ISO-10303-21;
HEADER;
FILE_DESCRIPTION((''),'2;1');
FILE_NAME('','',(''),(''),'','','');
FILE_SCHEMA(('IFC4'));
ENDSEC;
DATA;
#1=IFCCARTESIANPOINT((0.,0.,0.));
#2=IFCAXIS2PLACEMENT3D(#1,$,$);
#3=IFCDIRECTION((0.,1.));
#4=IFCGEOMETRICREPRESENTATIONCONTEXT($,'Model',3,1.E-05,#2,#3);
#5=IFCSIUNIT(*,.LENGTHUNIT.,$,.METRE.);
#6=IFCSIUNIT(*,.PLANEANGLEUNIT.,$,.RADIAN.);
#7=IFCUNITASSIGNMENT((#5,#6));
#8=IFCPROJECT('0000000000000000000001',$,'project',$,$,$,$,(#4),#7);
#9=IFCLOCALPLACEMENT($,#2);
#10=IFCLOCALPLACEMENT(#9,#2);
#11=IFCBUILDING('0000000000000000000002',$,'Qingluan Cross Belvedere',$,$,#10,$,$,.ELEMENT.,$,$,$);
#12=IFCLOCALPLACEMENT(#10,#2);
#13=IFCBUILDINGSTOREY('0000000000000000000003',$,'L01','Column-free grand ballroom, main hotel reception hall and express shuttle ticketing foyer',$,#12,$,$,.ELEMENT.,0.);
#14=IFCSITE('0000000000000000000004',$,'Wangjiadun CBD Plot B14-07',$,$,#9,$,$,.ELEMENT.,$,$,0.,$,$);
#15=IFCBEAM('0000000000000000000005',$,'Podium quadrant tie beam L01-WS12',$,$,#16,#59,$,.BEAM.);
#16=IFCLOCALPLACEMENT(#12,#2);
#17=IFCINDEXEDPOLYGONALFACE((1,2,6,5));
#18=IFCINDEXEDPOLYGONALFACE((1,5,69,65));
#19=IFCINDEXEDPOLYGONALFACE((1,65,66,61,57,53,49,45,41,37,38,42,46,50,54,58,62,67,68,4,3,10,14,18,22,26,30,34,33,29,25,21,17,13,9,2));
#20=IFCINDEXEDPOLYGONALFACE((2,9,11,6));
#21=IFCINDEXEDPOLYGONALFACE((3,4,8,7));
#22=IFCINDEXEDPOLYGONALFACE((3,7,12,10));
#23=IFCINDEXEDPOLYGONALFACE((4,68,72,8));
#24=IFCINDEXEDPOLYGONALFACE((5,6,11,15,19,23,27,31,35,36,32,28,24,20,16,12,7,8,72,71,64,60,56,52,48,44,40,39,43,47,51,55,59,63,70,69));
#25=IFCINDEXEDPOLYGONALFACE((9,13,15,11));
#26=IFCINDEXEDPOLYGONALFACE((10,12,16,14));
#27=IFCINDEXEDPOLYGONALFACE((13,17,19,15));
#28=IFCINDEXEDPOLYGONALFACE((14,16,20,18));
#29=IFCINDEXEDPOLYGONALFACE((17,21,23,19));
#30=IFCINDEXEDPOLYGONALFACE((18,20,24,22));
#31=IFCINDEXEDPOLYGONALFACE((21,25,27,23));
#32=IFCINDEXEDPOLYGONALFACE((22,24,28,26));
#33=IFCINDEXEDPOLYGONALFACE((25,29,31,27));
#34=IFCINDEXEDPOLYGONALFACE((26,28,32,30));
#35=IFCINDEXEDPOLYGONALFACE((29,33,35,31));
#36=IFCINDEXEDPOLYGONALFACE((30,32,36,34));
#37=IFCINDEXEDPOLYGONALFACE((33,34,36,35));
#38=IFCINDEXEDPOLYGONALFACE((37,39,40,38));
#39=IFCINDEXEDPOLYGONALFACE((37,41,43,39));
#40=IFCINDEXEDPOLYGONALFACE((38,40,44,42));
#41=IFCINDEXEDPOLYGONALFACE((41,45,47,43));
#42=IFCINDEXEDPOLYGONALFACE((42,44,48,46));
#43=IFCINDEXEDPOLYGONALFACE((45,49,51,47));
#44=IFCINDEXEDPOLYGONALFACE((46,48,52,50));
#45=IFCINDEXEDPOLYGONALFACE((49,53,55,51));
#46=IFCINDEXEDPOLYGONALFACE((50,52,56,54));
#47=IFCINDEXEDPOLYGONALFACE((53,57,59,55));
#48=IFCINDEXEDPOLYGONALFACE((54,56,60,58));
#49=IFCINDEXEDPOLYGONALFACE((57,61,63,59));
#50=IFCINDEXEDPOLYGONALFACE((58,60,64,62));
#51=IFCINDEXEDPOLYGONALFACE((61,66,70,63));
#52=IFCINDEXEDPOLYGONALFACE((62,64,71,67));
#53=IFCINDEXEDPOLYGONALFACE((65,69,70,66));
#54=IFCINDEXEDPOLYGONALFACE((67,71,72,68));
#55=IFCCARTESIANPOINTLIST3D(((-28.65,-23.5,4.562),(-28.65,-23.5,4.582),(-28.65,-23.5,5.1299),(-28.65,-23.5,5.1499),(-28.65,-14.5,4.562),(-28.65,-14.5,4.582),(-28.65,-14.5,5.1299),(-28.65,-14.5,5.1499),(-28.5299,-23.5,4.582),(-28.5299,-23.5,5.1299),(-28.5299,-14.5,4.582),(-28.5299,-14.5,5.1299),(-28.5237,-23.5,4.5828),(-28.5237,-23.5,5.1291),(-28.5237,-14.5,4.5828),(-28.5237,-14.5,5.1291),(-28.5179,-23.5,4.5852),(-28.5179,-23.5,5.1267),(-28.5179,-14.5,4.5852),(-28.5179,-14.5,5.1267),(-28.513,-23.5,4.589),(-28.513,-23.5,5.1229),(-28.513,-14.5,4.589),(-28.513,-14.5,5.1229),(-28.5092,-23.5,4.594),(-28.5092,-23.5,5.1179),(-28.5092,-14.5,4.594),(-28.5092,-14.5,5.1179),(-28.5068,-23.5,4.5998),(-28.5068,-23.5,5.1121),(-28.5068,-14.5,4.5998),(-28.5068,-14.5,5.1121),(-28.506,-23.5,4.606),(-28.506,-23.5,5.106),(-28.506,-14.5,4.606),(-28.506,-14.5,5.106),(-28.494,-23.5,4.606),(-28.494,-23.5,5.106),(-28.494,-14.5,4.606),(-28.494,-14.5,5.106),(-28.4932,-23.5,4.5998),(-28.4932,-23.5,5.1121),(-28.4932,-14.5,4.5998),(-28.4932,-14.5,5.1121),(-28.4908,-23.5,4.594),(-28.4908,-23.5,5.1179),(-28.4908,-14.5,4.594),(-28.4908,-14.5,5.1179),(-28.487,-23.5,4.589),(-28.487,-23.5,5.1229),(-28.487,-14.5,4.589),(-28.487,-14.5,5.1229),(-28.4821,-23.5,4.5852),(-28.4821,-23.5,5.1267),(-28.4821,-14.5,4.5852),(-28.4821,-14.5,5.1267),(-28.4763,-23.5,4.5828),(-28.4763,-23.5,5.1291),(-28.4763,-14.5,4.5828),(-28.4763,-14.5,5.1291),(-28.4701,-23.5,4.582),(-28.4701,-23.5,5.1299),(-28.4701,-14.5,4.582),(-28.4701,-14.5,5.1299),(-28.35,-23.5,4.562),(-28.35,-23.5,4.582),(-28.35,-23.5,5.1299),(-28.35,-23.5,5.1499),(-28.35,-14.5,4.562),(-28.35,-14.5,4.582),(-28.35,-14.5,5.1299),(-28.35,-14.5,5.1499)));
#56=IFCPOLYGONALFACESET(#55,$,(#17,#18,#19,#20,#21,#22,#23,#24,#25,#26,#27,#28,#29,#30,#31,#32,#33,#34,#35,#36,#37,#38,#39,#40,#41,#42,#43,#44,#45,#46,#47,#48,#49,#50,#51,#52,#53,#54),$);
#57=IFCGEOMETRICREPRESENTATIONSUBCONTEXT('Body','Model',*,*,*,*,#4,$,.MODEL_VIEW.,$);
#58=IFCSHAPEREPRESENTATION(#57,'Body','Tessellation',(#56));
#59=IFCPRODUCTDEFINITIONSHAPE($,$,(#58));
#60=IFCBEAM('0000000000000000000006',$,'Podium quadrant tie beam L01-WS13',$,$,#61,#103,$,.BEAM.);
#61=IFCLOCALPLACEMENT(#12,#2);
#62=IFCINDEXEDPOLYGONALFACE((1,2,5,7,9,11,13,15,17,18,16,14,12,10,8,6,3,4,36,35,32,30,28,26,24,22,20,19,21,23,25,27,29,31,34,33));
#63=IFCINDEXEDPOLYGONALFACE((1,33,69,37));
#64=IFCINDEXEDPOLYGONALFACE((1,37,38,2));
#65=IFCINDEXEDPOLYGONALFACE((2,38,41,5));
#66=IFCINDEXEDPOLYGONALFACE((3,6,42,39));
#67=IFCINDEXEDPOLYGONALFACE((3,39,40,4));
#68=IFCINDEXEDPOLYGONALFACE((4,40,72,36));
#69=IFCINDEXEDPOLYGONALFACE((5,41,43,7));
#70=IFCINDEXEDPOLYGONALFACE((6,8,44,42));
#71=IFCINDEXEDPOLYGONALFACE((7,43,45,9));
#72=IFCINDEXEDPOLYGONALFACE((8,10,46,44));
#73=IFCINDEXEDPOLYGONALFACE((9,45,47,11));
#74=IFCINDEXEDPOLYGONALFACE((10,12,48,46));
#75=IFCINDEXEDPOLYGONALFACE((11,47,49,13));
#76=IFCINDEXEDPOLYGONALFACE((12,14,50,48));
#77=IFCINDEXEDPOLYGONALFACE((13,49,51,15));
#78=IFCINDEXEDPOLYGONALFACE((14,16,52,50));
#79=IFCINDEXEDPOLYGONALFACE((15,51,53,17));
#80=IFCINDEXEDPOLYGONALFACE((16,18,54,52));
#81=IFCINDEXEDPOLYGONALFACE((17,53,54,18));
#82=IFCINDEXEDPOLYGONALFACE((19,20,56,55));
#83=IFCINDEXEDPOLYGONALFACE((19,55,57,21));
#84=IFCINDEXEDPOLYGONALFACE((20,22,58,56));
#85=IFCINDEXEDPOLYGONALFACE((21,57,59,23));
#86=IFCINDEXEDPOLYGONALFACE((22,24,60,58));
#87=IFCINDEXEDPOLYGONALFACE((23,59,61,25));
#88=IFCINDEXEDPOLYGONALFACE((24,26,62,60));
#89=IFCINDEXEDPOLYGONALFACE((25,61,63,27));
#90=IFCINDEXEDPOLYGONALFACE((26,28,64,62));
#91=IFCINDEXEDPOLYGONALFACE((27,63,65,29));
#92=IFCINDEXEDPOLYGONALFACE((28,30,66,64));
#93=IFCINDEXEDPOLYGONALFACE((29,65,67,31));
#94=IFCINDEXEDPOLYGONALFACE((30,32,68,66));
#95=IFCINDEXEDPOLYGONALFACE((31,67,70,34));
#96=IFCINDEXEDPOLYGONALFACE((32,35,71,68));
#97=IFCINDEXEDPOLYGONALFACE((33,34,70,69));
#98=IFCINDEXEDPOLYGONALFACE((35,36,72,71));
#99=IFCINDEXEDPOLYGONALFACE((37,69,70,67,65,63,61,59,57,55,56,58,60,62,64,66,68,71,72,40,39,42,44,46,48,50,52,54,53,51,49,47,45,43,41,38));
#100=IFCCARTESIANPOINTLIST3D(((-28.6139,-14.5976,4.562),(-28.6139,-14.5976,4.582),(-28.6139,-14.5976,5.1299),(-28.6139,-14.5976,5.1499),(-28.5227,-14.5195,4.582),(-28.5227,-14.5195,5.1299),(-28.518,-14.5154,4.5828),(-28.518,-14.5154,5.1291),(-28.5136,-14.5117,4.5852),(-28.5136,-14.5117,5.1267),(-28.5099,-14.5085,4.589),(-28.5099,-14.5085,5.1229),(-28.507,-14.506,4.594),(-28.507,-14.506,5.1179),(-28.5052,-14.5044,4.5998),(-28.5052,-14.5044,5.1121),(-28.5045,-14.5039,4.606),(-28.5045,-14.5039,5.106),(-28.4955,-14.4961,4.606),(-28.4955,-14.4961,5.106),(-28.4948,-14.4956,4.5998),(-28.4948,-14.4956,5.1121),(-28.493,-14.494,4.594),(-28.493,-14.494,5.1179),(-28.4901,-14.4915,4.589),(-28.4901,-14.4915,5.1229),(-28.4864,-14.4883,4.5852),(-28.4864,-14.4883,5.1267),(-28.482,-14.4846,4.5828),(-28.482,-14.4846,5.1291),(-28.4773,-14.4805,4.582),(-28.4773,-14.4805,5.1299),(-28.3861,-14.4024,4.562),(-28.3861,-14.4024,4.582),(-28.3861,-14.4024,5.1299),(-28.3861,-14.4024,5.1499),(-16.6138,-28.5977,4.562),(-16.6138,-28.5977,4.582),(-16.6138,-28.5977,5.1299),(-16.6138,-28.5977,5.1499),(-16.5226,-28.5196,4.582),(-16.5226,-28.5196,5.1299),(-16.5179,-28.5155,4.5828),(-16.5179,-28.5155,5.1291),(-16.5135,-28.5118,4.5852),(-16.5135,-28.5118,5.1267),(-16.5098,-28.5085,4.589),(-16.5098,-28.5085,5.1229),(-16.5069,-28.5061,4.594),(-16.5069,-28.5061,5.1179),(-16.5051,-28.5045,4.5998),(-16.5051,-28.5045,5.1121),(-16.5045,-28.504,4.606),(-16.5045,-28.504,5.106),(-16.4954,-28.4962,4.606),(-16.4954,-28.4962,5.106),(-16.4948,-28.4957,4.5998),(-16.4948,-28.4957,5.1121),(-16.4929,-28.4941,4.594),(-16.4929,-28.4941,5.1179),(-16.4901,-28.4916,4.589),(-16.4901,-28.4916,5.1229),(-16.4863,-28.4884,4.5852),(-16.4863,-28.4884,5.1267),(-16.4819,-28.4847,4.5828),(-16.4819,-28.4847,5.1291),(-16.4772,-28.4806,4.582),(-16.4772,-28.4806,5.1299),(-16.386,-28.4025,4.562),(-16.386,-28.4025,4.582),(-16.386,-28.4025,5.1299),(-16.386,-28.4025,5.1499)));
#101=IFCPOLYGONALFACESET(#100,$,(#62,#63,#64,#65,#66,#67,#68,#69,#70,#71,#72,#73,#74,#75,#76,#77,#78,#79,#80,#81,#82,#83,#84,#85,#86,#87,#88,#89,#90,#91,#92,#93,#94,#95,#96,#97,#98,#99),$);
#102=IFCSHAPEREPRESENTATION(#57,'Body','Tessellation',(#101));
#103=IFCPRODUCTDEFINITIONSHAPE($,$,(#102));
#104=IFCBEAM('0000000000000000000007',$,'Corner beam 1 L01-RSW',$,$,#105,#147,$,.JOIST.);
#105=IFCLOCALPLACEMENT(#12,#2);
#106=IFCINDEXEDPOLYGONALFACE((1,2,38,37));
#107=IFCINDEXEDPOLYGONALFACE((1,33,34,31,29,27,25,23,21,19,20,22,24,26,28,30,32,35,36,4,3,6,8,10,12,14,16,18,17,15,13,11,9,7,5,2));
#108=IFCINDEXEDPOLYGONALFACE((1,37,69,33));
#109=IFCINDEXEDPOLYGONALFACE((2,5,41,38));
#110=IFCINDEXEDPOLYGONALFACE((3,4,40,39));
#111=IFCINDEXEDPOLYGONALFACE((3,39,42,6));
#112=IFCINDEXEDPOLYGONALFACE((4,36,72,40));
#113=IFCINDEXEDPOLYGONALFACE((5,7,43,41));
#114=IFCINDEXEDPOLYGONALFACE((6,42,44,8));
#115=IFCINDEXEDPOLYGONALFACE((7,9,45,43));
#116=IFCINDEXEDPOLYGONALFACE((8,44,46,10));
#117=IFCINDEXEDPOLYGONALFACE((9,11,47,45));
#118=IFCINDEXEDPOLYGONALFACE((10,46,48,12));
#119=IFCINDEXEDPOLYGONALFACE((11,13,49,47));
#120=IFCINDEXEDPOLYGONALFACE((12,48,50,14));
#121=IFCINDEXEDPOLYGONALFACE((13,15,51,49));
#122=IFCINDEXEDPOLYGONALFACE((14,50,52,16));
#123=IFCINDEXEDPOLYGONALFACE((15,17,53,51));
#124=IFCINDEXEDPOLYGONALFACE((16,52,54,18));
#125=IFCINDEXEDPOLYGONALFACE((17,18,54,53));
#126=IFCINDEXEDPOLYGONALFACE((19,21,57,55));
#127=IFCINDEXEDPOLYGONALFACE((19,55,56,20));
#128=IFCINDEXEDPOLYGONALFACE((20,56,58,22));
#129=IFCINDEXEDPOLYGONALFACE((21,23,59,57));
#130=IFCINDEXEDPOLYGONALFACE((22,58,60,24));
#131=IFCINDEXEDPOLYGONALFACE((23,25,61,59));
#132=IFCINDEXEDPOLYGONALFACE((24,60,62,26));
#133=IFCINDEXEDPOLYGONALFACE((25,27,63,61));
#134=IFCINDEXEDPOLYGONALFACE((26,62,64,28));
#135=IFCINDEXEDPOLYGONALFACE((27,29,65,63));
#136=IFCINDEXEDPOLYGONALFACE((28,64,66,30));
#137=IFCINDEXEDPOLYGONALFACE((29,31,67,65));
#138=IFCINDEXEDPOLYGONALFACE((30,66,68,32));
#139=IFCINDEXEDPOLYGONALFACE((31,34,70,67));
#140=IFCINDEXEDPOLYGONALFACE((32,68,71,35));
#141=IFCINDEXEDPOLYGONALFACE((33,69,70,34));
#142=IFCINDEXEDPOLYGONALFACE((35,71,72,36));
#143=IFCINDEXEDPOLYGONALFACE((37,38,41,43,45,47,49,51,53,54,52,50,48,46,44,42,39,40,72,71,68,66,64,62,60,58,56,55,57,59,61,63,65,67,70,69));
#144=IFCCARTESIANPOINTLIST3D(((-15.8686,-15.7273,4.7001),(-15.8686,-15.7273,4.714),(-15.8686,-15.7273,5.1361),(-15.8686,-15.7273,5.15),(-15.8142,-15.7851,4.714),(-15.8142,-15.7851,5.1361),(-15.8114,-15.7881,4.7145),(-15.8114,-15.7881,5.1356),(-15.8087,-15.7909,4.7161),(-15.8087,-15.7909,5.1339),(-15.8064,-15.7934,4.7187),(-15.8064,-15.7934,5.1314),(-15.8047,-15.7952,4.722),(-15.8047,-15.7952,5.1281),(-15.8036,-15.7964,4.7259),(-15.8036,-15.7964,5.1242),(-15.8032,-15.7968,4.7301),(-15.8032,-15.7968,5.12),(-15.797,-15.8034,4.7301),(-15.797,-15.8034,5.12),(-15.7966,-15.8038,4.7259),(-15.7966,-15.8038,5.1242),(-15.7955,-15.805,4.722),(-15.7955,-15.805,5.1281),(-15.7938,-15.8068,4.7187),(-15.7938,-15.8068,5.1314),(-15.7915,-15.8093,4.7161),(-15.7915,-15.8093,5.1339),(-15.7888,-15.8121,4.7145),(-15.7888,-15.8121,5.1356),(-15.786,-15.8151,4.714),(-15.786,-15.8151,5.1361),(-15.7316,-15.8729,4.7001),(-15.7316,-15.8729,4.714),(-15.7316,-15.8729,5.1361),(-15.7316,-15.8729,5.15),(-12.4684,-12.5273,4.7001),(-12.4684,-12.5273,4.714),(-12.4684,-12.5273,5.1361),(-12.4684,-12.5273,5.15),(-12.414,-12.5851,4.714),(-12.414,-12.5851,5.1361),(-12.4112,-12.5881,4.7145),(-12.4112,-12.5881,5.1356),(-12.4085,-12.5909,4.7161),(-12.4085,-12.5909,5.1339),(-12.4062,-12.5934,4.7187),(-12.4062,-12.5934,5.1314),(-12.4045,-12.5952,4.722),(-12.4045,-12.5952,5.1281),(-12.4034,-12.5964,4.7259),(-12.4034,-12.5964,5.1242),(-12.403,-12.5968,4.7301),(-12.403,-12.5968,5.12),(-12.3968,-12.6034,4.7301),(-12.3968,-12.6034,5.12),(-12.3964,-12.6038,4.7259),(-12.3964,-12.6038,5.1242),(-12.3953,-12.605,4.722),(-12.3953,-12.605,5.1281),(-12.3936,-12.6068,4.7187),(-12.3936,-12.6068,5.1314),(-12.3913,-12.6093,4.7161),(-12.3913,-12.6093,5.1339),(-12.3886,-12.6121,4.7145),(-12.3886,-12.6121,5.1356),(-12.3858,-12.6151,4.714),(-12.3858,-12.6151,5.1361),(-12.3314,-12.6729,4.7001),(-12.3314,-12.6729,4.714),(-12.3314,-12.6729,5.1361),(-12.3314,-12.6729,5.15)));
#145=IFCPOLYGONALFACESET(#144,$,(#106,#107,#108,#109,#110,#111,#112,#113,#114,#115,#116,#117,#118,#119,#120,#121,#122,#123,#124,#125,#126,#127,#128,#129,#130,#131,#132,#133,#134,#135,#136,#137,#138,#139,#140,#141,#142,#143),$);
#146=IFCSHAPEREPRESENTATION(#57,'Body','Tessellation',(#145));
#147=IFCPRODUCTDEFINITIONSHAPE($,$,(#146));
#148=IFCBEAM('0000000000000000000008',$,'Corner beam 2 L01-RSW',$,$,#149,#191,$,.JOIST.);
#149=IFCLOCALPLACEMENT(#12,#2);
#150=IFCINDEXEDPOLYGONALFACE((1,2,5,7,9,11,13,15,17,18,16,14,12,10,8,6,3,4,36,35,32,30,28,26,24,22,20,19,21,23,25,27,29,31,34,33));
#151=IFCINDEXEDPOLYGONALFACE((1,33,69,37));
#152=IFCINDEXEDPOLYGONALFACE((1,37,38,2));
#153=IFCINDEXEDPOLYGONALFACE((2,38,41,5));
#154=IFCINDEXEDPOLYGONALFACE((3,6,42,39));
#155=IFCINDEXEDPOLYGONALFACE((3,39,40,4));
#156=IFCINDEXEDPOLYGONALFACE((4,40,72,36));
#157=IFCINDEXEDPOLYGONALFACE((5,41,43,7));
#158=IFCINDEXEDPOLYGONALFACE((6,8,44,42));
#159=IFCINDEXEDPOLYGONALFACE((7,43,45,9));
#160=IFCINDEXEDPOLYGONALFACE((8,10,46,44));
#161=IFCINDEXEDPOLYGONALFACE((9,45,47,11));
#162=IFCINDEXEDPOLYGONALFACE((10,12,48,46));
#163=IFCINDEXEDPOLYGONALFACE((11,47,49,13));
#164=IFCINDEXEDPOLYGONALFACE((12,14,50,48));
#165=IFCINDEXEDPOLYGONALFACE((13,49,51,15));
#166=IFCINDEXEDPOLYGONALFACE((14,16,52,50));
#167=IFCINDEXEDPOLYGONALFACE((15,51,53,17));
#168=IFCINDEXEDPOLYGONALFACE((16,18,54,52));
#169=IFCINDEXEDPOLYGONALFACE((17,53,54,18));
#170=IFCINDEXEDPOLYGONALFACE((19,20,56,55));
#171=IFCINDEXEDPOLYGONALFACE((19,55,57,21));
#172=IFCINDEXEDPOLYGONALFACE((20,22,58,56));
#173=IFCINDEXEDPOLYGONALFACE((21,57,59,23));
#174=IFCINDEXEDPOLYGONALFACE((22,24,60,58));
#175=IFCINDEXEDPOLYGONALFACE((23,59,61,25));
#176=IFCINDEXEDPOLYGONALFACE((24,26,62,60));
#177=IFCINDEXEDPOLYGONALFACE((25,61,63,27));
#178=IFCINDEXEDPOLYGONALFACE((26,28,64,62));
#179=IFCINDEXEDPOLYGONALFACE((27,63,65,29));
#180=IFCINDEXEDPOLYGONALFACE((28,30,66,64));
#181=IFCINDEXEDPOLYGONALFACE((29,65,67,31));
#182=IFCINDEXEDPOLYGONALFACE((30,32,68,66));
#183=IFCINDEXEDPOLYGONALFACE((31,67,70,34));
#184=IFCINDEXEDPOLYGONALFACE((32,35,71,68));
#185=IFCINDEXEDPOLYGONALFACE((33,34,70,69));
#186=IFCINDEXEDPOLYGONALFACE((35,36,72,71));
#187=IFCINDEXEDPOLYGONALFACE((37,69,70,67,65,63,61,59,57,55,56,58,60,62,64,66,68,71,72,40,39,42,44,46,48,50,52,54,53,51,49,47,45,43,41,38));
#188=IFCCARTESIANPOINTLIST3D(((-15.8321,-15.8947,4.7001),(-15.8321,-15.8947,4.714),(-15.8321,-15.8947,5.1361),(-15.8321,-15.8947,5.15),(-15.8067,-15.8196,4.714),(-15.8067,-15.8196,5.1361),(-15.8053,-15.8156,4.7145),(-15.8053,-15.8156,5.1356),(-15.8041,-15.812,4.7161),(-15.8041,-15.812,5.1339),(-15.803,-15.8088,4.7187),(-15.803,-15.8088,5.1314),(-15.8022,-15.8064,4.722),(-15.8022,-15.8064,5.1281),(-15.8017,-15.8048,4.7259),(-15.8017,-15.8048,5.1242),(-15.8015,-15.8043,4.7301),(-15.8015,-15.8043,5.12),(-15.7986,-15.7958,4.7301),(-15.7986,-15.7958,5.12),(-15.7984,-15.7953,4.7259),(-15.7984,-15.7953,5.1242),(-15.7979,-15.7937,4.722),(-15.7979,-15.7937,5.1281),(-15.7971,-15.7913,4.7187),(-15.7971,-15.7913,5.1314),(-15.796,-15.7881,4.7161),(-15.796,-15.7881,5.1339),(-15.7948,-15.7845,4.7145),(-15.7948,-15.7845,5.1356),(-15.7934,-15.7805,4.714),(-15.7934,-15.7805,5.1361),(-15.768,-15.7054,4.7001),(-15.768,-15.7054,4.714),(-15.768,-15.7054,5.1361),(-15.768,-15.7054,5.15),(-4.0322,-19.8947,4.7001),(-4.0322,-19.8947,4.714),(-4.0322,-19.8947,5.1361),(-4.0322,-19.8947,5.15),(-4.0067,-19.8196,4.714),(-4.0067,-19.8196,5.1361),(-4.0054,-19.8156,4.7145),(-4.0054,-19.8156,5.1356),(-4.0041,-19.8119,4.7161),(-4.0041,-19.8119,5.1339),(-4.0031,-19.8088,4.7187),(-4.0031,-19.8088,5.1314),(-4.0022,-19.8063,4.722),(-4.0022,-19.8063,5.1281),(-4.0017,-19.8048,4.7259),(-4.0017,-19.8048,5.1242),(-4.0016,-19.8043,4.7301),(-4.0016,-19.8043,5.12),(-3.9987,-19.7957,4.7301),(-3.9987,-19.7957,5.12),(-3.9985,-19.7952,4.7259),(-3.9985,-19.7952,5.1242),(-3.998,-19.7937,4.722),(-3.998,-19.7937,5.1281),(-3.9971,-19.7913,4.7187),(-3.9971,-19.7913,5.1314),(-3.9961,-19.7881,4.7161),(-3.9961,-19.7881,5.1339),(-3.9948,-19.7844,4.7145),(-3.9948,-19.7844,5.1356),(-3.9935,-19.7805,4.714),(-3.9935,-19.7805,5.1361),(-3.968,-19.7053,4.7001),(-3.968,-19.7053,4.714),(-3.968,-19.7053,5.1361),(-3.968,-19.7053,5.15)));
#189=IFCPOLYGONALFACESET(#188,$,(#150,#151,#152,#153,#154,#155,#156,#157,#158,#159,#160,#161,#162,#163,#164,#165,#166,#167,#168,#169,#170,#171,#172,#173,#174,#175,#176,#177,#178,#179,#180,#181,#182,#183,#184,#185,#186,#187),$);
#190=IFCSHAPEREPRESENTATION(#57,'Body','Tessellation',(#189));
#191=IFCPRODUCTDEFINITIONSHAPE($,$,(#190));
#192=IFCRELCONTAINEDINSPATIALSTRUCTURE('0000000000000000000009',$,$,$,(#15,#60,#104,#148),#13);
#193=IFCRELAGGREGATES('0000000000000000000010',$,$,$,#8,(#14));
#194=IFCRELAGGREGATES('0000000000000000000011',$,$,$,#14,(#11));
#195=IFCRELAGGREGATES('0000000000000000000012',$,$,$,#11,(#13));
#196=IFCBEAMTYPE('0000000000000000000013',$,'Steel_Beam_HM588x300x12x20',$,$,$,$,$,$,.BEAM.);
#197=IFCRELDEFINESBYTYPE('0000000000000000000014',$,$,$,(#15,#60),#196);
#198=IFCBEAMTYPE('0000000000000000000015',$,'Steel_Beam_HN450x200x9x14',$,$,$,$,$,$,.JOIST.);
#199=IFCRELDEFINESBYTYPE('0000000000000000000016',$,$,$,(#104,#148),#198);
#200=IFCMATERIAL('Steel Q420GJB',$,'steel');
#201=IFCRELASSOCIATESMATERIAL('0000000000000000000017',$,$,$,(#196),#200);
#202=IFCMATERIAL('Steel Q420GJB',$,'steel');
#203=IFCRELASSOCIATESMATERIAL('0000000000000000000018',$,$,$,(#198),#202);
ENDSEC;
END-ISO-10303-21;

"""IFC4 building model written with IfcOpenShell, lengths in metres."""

from ifc_helpers import new_model, si_unit, direction, frame, origin, origin_2d, place, context, subcontext, project, spatial, i_section, extrude, material, material_profile, profile_set, type_object, element, save


model = new_model("IFC4")

# Units and contexts
model_context = context("Model", 3, precision=1e-05, world=origin(), true_north=direction((0.0, 1.0)))
body_context = subcontext(model_context, "Body", "Model", "MODEL_VIEW")
ifc_project = project(units=[si_unit("LENGTHUNIT", "METRE"), si_unit("PLANEANGLEUNIT", "RADIAN")], contexts=[model_context])

# Site, building, storey
site_placement = place(None, origin())
site = spatial("IfcSite", under=ifc_project, at=site_placement, Name="Wangjiadun CBD Plot B14-07", CompositionType="ELEMENT", RefElevation=0.0)
building_placement = place(site_placement, origin())
building = spatial("IfcBuilding", under=site, at=building_placement, Name="Qingluan Cross Belvedere", CompositionType="ELEMENT")
storey_placement = place(building_placement, origin())
storey = spatial("IfcBuildingStorey", under=building, at=storey_placement, Name="L01", Description="Column-free grand ballroom, main hotel reception hall and express shuttle ticketing foyer", CompositionType="ELEMENT", Elevation=0.0)

# Beams
ifc_material_1 = material(Name="Steel Q420GJB", Category="steel")
ifc_material_profile_1 = material_profile(ifc_material_1, i_section(OverallWidth=0.3, OverallDepth=0.5879, WebThickness=0.012, FlangeThickness=0.02, FilletRadius=0.0239, at=origin_2d()), Name="HM588x300x12x20")
ifc_profile_set_1 = profile_set([ifc_material_profile_1], Name="Steel Q420GJB")
beam_type_1 = type_object("IfcBeamType", Name="Steel_Beam_HM588x300x12x20", PredefinedType="BEAM", material=ifc_profile_set_1)
beam_1_placement = place(storey_placement, frame((-28.5, -14.5, 4.856), z_axis=(0.0, -1.0, 0.0), x_axis=(1.0, 0.0, 0.0)))
element("IfcBeam", 1, at=beam_1_placement, inside=storey, type_object=beam_type_1, Name="Podium quadrant tie beam L01-WS12", PredefinedType="BEAM", context=body_context, shape_type="SweptSolid", body=[
    extrude(i_section(OverallWidth=0.3, OverallDepth=0.5879, WebThickness=0.012, FlangeThickness=0.02, FilletRadius=0.0239, at=origin_2d()), origin(), (0.0, 0.0, 1.0), 9.0),
])
beam_2_placement = place(storey_placement, frame((-28.5, -14.5, 4.856), z_axis=(0.650791, -0.759257, 0.0), x_axis=(0.759257, 0.650791, 0.0)))
element("IfcBeam", 2, at=beam_2_placement, inside=storey, type_object=beam_type_1, Name="Podium quadrant tie beam L01-WS13", PredefinedType="BEAM", context=body_context, shape_type="SweptSolid", body=[
    extrude(i_section(OverallWidth=0.3, OverallDepth=0.5879, WebThickness=0.012, FlangeThickness=0.02, FilletRadius=0.0239, at=origin_2d()), origin(), (0.0, 0.0, 1.0), 18.4392),
])
ifc_material_2 = material(Name="Steel Q420GJB", Category="steel")
ifc_material_profile_2 = material_profile(ifc_material_2, i_section(OverallWidth=0.2, OverallDepth=0.45, WebThickness=0.009, FlangeThickness=0.0139, FilletRadius=0.0161, at=origin_2d()), Name="HN450x200x9x14")
ifc_profile_set_2 = profile_set([ifc_material_profile_2], Name="Steel Q420GJB")
beam_type_2 = type_object("IfcBeamType", Name="Steel_Beam_HN450x200x9x14", PredefinedType="JOIST", material=ifc_profile_set_2)
beam_3_placement = place(storey_placement, frame((-12.3999, -12.6001, 4.925), z_axis=(-0.72822, -0.685343, 0.0), x_axis=(0.685343, -0.72822, 0.0)))
element("IfcBeam", 3, at=beam_3_placement, inside=storey, type_object=beam_type_2, Name="Corner beam 1 L01-RSW", PredefinedType="JOIST", context=body_context, shape_type="SweptSolid", body=[
    extrude(i_section(OverallWidth=0.2, OverallDepth=0.45, WebThickness=0.009, FlangeThickness=0.0139, FilletRadius=0.0161, at=origin_2d()), origin(), (0.0, 0.0, 1.0), 4.6692),
])
for number, where, z_axis, x_axis, name in (
    (4, (-15.8, -15.8, 4.925), (0.947066, -0.321038, 0.0), (0.321038, 0.947066, 0.0), "Corner beam 2 L01-RSW"),
):
    element("IfcBeam", number, at=place(storey_placement, frame(where, z_axis=z_axis, x_axis=x_axis)), inside=storey, type_object=beam_type_2, Name=name, PredefinedType="JOIST", context=body_context, shape_type="SweptSolid", body=[
        extrude(i_section(OverallWidth=0.2, OverallDepth=0.45, WebThickness=0.009, FlangeThickness=0.0139, FilletRadius=0.0161, at=origin_2d()), origin(), (0.0, 0.0, 1.0), 12.4595),
    ])

save(model, "model.ifc")
